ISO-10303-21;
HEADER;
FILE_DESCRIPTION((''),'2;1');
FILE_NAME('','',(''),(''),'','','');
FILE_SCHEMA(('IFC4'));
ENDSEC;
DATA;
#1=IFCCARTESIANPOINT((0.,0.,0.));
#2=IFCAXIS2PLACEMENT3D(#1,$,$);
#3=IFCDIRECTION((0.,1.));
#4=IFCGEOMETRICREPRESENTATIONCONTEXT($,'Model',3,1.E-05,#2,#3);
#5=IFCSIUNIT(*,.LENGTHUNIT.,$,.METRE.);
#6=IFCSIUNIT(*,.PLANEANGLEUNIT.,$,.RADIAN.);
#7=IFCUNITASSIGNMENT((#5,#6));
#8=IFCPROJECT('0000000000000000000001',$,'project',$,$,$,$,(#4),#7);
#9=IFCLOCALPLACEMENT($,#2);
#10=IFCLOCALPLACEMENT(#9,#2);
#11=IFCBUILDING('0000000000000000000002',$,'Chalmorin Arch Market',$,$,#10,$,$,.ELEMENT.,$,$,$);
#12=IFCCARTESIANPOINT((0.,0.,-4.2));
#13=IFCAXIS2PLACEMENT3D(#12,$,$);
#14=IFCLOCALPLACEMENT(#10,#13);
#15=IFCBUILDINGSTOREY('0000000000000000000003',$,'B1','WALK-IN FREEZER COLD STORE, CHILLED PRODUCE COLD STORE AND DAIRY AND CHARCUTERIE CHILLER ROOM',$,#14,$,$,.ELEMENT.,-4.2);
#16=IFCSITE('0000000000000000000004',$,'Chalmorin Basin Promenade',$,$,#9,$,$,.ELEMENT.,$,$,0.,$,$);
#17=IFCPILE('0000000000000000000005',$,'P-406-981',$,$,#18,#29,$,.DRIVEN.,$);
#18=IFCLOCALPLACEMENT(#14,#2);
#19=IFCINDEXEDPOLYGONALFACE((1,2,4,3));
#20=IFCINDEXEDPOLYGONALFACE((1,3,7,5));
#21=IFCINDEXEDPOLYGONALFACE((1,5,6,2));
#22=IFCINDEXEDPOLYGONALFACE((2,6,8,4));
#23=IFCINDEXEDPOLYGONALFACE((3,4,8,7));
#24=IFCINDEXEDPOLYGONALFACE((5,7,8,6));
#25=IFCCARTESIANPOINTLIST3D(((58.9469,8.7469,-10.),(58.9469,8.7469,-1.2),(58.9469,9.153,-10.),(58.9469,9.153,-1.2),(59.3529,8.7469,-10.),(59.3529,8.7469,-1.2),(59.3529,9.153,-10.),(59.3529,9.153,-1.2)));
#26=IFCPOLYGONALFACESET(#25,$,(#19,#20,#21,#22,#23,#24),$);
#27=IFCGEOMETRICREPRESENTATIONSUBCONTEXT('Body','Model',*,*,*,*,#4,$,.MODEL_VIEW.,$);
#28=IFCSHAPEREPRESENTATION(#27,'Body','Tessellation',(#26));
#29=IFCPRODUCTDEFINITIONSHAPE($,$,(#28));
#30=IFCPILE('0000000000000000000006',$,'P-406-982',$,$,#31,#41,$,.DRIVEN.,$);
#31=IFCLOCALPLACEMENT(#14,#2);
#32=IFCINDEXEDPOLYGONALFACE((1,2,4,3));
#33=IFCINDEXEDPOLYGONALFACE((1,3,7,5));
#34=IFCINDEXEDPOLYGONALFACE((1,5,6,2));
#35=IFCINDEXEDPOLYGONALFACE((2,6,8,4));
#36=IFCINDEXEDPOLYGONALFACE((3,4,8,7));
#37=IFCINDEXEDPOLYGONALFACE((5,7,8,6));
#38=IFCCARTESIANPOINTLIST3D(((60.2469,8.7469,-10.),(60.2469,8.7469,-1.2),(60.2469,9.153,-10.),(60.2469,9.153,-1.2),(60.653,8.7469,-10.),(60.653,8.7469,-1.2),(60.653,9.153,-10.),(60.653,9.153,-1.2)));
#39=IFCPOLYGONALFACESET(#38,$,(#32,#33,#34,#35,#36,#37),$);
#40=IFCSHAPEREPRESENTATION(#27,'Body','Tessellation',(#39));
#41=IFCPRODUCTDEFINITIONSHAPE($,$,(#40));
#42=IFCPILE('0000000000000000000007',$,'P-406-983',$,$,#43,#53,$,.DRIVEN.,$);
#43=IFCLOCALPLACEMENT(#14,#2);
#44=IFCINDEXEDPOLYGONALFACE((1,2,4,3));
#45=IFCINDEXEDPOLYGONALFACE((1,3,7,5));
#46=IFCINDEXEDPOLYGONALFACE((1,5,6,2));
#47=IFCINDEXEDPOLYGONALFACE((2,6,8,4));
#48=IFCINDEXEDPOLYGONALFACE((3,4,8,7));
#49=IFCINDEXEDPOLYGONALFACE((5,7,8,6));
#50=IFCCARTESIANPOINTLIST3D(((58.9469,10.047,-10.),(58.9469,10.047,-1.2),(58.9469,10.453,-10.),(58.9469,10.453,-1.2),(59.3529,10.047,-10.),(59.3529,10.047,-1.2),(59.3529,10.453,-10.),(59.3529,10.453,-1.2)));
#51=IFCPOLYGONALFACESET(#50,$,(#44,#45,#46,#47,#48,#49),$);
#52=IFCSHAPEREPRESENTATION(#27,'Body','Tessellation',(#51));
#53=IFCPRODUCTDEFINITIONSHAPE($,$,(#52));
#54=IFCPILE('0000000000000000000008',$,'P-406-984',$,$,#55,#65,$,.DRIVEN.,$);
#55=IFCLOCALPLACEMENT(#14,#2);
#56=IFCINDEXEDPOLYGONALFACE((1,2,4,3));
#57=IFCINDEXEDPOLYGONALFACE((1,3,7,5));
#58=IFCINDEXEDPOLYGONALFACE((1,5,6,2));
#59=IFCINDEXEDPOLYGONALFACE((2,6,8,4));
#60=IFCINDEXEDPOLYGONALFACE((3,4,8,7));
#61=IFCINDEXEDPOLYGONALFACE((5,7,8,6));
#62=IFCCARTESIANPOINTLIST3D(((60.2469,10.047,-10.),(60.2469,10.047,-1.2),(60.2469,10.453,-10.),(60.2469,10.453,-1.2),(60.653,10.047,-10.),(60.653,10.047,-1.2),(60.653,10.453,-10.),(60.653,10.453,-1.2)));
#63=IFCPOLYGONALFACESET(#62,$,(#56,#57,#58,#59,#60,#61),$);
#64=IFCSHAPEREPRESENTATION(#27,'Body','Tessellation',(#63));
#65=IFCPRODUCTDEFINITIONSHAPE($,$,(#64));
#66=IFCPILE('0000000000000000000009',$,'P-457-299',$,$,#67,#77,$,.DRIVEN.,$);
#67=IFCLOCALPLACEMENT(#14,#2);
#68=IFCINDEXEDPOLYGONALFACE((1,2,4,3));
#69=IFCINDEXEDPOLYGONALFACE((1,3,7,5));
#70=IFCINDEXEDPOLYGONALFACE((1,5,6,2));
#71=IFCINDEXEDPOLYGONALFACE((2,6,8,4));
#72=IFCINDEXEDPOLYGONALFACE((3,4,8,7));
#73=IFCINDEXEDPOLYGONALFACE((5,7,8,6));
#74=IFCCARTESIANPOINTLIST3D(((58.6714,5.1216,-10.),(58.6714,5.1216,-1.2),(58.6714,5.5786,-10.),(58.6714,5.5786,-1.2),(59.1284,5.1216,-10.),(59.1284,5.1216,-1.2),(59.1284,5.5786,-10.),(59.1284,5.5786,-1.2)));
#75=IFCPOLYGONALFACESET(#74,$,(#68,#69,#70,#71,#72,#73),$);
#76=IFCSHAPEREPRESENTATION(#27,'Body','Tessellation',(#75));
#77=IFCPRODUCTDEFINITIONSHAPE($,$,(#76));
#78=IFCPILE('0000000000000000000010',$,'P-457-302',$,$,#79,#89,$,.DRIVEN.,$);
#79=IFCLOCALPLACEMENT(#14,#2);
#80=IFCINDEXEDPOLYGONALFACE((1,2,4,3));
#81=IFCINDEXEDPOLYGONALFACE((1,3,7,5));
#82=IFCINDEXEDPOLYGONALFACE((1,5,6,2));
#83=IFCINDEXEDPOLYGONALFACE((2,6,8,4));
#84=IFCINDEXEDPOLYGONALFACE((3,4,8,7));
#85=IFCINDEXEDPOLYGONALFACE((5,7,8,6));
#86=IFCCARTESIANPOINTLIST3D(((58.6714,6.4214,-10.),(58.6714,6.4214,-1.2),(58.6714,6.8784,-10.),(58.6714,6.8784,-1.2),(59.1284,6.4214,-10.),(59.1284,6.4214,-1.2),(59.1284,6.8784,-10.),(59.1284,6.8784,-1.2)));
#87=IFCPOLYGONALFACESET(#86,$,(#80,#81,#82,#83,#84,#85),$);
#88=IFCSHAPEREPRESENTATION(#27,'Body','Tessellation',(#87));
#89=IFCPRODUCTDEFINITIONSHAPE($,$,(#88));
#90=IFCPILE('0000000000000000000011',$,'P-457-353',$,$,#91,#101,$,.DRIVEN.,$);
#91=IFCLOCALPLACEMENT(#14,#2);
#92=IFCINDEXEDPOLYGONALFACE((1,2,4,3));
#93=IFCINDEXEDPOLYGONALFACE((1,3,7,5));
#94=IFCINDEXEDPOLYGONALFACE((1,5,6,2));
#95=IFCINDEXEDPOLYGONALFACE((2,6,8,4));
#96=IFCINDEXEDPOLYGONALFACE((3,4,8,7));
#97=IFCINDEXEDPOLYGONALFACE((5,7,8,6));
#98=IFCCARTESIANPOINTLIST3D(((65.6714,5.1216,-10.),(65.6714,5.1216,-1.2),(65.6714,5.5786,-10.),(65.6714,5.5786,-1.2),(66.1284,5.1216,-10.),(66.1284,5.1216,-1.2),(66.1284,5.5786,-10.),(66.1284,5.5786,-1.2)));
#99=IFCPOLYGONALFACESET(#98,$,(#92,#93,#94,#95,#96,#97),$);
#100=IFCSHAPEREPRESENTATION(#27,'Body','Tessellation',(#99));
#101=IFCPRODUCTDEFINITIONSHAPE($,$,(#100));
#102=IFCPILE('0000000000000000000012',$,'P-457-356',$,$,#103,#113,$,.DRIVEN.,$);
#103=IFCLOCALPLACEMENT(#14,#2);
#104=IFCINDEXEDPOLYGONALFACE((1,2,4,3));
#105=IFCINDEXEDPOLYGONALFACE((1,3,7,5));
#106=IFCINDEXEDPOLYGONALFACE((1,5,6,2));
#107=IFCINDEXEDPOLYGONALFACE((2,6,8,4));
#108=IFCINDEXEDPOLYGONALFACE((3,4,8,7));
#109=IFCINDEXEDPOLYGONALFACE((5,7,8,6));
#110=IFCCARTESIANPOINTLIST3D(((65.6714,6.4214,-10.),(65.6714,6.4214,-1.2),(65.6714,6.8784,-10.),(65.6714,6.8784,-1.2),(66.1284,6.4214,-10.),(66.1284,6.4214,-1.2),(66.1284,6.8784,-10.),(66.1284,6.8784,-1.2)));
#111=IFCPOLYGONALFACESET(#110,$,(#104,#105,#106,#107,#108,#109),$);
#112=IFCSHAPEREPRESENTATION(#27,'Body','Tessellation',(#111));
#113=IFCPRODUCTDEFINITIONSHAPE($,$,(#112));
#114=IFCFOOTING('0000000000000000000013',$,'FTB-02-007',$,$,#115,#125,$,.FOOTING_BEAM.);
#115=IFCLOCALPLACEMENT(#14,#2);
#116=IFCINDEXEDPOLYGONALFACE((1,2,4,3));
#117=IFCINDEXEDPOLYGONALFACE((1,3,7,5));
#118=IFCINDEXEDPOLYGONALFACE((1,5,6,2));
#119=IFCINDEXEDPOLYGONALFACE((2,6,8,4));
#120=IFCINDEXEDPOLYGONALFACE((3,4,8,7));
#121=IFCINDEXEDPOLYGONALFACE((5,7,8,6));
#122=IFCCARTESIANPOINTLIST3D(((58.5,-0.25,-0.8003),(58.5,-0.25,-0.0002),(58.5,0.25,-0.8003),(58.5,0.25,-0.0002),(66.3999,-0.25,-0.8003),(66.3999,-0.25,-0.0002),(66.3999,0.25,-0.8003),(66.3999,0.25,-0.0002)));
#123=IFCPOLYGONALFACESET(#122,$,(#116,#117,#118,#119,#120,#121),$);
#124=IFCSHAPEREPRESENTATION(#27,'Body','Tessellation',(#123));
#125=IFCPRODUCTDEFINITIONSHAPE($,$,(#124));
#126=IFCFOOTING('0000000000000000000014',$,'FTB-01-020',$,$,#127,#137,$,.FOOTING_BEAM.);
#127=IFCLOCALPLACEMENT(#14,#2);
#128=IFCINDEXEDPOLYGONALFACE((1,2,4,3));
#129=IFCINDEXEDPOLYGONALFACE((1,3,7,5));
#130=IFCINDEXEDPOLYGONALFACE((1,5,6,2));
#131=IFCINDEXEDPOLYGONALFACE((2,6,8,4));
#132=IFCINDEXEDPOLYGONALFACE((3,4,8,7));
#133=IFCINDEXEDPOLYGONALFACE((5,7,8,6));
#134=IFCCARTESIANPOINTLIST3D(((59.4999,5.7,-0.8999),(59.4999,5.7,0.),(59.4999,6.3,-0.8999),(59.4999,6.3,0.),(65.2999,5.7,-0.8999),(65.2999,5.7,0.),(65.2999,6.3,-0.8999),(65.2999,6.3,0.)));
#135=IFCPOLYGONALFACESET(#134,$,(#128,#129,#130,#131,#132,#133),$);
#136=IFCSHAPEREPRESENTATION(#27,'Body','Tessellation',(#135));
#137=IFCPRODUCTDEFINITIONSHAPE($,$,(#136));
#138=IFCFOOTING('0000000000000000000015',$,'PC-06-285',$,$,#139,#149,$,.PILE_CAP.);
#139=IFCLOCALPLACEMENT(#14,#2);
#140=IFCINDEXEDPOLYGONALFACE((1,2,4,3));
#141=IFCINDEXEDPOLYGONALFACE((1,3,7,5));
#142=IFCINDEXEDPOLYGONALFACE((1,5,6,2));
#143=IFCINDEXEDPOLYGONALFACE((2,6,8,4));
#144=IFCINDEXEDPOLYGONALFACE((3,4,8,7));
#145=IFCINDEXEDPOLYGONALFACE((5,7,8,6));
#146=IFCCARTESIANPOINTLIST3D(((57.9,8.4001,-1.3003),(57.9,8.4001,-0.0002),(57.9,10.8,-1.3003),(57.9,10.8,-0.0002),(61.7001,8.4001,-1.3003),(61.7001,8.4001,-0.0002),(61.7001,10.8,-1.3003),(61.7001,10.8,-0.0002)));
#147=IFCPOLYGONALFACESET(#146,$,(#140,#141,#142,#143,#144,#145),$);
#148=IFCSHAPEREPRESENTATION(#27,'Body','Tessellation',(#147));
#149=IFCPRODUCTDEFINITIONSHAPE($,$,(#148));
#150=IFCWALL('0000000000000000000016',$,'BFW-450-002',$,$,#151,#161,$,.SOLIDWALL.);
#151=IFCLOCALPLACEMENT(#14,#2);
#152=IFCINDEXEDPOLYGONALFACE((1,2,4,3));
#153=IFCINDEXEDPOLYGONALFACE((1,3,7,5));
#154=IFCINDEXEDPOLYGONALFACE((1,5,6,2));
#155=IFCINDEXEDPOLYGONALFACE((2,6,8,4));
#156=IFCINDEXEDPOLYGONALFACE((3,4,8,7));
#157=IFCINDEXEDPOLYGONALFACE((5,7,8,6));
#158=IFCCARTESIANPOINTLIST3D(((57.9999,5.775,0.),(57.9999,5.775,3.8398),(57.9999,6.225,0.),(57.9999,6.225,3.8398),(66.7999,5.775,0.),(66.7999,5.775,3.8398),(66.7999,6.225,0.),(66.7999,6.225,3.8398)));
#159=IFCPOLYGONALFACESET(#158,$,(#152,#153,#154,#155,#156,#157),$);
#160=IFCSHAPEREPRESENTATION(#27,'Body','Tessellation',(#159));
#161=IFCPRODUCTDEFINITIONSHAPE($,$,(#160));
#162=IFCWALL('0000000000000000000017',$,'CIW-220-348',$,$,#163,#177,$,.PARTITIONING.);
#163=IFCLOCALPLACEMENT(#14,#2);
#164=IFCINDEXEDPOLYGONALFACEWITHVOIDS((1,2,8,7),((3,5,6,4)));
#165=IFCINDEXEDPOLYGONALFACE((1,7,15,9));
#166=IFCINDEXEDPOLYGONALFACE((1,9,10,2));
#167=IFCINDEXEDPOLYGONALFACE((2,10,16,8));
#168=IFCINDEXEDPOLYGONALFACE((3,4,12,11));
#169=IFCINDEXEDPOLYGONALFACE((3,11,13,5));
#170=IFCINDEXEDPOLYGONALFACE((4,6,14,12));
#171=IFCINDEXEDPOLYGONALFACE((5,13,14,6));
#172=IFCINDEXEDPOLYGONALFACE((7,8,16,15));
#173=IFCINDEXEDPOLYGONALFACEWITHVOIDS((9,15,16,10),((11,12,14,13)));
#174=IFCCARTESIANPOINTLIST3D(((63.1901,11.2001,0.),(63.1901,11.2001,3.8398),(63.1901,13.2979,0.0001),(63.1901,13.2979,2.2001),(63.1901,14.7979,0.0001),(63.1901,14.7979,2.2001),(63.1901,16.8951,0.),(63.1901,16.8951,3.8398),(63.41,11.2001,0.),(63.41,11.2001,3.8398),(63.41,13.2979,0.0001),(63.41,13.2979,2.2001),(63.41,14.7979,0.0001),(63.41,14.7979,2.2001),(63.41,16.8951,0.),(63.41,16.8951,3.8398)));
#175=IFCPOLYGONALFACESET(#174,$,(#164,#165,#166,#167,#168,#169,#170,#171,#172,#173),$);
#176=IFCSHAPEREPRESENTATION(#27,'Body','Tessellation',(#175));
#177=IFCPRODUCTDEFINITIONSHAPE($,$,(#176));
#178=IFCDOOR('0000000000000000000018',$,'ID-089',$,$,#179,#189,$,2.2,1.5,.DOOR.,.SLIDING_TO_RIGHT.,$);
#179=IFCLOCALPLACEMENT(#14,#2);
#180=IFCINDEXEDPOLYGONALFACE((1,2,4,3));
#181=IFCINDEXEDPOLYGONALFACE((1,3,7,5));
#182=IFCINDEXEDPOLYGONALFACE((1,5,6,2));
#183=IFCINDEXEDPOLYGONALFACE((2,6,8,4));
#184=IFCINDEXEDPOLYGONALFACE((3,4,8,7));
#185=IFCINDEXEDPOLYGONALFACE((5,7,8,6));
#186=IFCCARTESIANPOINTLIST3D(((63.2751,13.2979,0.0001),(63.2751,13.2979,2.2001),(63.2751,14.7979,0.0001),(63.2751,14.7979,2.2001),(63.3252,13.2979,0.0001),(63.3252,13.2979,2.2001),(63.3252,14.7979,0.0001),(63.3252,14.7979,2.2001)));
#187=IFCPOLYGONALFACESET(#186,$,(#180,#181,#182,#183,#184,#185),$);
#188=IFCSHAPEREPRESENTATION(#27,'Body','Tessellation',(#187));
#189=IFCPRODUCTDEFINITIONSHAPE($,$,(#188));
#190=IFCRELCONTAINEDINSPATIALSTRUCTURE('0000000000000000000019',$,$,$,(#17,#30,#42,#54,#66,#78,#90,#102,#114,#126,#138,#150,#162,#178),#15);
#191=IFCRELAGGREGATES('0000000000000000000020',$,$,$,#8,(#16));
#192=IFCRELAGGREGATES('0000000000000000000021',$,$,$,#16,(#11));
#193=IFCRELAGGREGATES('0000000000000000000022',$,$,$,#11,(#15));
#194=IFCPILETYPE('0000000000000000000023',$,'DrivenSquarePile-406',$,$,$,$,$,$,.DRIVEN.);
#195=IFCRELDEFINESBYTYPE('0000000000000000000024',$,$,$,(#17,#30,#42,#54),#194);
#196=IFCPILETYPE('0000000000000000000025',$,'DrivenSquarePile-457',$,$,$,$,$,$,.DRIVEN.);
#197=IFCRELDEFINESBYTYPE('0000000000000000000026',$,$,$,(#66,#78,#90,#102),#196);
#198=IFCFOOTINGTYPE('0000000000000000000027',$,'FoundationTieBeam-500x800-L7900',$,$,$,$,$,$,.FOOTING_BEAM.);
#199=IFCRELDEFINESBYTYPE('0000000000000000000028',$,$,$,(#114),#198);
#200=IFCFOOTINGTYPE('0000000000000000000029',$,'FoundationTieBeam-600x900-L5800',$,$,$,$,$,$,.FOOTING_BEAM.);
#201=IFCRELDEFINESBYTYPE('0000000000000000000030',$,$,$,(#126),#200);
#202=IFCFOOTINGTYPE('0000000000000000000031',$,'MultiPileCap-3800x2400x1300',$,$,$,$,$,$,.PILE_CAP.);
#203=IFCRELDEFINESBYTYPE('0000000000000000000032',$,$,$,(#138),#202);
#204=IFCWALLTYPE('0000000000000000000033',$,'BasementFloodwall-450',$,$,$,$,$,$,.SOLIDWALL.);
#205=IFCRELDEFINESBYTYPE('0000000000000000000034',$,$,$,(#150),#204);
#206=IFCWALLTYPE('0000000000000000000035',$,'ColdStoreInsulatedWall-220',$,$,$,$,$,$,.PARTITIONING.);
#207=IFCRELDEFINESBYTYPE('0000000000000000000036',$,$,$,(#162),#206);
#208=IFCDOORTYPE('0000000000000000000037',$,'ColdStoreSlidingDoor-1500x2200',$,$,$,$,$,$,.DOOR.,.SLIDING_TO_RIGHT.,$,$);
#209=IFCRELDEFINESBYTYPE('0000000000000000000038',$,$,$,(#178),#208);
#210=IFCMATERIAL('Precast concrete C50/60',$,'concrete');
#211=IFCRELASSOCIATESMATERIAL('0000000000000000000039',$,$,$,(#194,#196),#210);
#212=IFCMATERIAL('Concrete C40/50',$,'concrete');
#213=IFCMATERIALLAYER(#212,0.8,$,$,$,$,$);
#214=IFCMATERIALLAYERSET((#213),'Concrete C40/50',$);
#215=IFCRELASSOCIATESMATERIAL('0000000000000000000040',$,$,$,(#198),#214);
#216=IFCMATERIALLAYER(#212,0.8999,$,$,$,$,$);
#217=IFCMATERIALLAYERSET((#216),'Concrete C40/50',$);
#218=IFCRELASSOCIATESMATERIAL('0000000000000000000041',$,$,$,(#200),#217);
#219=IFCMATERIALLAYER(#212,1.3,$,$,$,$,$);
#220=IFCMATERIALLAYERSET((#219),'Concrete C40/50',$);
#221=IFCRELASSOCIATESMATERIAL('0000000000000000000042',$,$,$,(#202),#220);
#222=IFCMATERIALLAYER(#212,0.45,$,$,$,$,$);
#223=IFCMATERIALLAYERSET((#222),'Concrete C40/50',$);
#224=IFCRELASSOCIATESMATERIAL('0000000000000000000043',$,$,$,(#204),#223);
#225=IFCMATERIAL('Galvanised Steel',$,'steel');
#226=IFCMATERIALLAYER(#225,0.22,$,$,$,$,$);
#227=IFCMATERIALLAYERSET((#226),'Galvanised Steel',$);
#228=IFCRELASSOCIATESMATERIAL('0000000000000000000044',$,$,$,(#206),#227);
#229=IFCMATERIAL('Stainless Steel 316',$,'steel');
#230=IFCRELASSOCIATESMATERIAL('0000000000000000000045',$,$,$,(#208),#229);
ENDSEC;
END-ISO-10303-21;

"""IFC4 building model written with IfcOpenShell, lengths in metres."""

from ifc_helpers import new_model, si_unit, direction, frame, frame_2d, origin, origin_2d, place, context, subcontext, project, spatial, rectangle, extrude, material, layer, layer_set, material_profile, profile_set, type_object, element, fill, save


model = new_model("IFC4")

# Units and contexts
model_context = context("Model", 3, precision=1e-05, world=origin(), true_north=direction((0.0, 1.0)))
body_context = subcontext(model_context, "Body", "Model", "MODEL_VIEW")
ifc_project = project(units=[si_unit("LENGTHUNIT", "METRE"), si_unit("PLANEANGLEUNIT", "RADIAN")], contexts=[model_context])

# Site, building, storey
site_placement = place(None, origin())
site = spatial("IfcSite", under=ifc_project, at=site_placement, Name="Chalmorin Basin Promenade", CompositionType="ELEMENT", RefElevation=0.0)
building_placement = place(site_placement, origin())
building = spatial("IfcBuilding", under=site, at=building_placement, Name="Chalmorin Arch Market", CompositionType="ELEMENT")
storey_placement = place(building_placement, frame((0.0, 0.0, -4.2)))
storey = spatial("IfcBuildingStorey", under=building, at=storey_placement, Name="B1", Description="WALK-IN FREEZER COLD STORE, CHILLED PRODUCE COLD STORE AND DAIRY AND CHARCUTERIE CHILLER ROOM", CompositionType="ELEMENT", Elevation=-4.2)

# Piles
ifc_material_1 = material(Name="Precast concrete C50/60", Category="concrete")
ifc_material_profile_1 = material_profile(ifc_material_1, rectangle(XDim=0.406, YDim=0.406, at=origin_2d()), Name="PPC406")
ifc_profile_set_1 = profile_set([ifc_material_profile_1], Name="Precast concrete C50/60")
pile_type_1 = type_object("IfcPileType", Name="DrivenSquarePile-406", PredefinedType="DRIVEN", material=ifc_profile_set_1)
for number, where, z_axis, x_axis, name in (
    (1, (59.1499, 8.95, -1.2), (0.0, 0.0, -1.0), (1.0, 0.0, 0.0), "P-406-981"),
    (2, (60.45, 8.95, -1.2), (0.0, 0.0, -1.0), (1.0, 0.0, 0.0), "P-406-982"),
    (3, (59.1499, 10.25, -1.2), (0.0, 0.0, -1.0), (1.0, 0.0, 0.0), "P-406-983"),
    (4, (60.45, 10.25, -1.2), (0.0, 0.0, -1.0), (1.0, 0.0, 0.0), "P-406-984"),
):
    element("IfcPile", number, at=place(storey_placement, frame(where, z_axis=z_axis, x_axis=x_axis)), inside=storey, type_object=pile_type_1, Name=name, PredefinedType="DRIVEN", context=body_context, shape_type="SweptSolid", body=[
        extrude(rectangle(XDim=0.406, YDim=0.406, at=origin_2d()), origin(), (0.0, 0.0, 1.0), 8.8),
    ])
ifc_material_profile_2 = material_profile(ifc_material_1, rectangle(XDim=0.457, YDim=0.457, at=origin_2d()), Name="PPC457")
ifc_profile_set_2 = profile_set([ifc_material_profile_2], Name="Precast concrete C50/60")
pile_type_2 = type_object("IfcPileType", Name="DrivenSquarePile-457", PredefinedType="DRIVEN", material=ifc_profile_set_2)
for number, where, z_axis, x_axis, name in (
    (5, (58.8999, 5.3501, -1.2), (0.0, 0.0, -1.0), (1.0, 0.0, 0.0), "P-457-299"),
    (6, (58.8999, 6.6499, -1.2), (0.0, 0.0, -1.0), (1.0, 0.0, 0.0), "P-457-302"),
    (7, (65.8999, 5.3501, -1.2), (0.0, 0.0, -1.0), (1.0, 0.0, 0.0), "P-457-353"),
    (8, (65.8999, 6.6499, -1.2), (0.0, 0.0, -1.0), (1.0, 0.0, 0.0), "P-457-356"),
):
    element("IfcPile", number, at=place(storey_placement, frame(where, z_axis=z_axis, x_axis=x_axis)), inside=storey, type_object=pile_type_2, Name=name, PredefinedType="DRIVEN", context=body_context, shape_type="SweptSolid", body=[
        extrude(rectangle(XDim=0.457, YDim=0.457, at=origin_2d()), origin(), (0.0, 0.0, 1.0), 8.8),
    ])

# Footings
ifc_material_2 = material(Name="Concrete C40/50", Category="concrete")
ifc_layer_1 = layer(ifc_material_2, 0.8)
ifc_layer_set_1 = layer_set([ifc_layer_1], Name="Concrete C40/50")
footing_type_1 = type_object("IfcFootingType", Name="FoundationTieBeam-500x800-L7900", PredefinedType="FOOTING_BEAM", material=ifc_layer_set_1)
footing_1_placement = place(storey_placement, frame((62.45, 0.0, -0.8003), z_axis=(0.0, 0.0, 1.0), x_axis=(1.0, 0.0, 0.0)))
element("IfcFooting", 9, at=footing_1_placement, inside=storey, type_object=footing_type_1, Name="FTB-02-007", PredefinedType="FOOTING_BEAM", context=body_context, shape_type="SweptSolid", body=[
    extrude(rectangle(XDim=7.8999, YDim=0.5, at=origin_2d()), origin(), (0.0, 0.0, 1.0), 0.8),
])
ifc_layer_2 = layer(ifc_material_2, 0.8999)
ifc_layer_set_2 = layer_set([ifc_layer_2], Name="Concrete C40/50")
footing_type_2 = type_object("IfcFootingType", Name="FoundationTieBeam-600x900-L5800", PredefinedType="FOOTING_BEAM", material=ifc_layer_set_2)
footing_2_placement = place(storey_placement, frame((62.3999, 6.0, -0.8999), z_axis=(0.0, 0.0, 1.0), x_axis=(1.0, 0.0, 0.0)))
element("IfcFooting", 10, at=footing_2_placement, inside=storey, type_object=footing_type_2, Name="FTB-01-020", PredefinedType="FOOTING_BEAM", context=body_context, shape_type="SweptSolid", body=[
    extrude(rectangle(XDim=5.8, YDim=0.6001, at=origin_2d()), origin(), (0.0, 0.0, 1.0), 0.8999),
])
ifc_layer_3 = layer(ifc_material_2, 1.3)
ifc_layer_set_3 = layer_set([ifc_layer_3], Name="Concrete C40/50")
footing_type_3 = type_object("IfcFootingType", Name="MultiPileCap-3800x2400x1300", PredefinedType="PILE_CAP", material=ifc_layer_set_3)
footing_3_placement = place(storey_placement, frame((59.8, 9.6001, -1.3003), z_axis=(0.0, 0.0, 1.0), x_axis=(1.0, 0.0, 0.0)))
element("IfcFooting", 11, at=footing_3_placement, inside=storey, type_object=footing_type_3, Name="PC-06-285", PredefinedType="PILE_CAP", context=body_context, shape_type="SweptSolid", body=[
    extrude(rectangle(XDim=3.8, YDim=2.3999, at=origin_2d()), origin(), (0.0, 0.0, 1.0), 1.3),
])

# Wall
ifc_layer_4 = layer(ifc_material_2, 0.45)
ifc_layer_set_4 = layer_set([ifc_layer_4], Name="Concrete C40/50")
wall_type_1 = type_object("IfcWallType", Name="BasementFloodwall-450", PredefinedType="SOLIDWALL", material=ifc_layer_set_4)
wall_1_placement = place(storey_placement, frame((58.0, 6.0, 0.0), z_axis=(0.0, 0.0, 1.0), x_axis=(1.0, 0.0, 0.0)))
element("IfcWall", 12, at=wall_1_placement, inside=storey, type_object=wall_type_1, Name="BFW-450-002", PredefinedType="SOLIDWALL", context=body_context, shape_type="SweptSolid", body=[
    extrude(rectangle(XDim=8.8, YDim=0.45, at=frame_2d((4.3999, 0.0))), origin(), (0.0, 0.0, 1.0), 3.8398),
])

# Wall, opening, door
ifc_material_3 = material(Name="Galvanised Steel", Category="steel")
ifc_layer_5 = layer(ifc_material_3, 0.22)
ifc_layer_set_5 = layer_set([ifc_layer_5], Name="Galvanised Steel")
wall_type_2 = type_object("IfcWallType", Name="ColdStoreInsulatedWall-220", PredefinedType="PARTITIONING", material=ifc_layer_set_5)
wall_2_placement = place(storey_placement, frame((63.3, 11.2, 0.0), z_axis=(0.0, 0.0, 1.0), x_axis=(0.0, 1.0, 0.0)))
wall_2 = element("IfcWall", 13, at=wall_2_placement, inside=storey, type_object=wall_type_2, Name="CIW-220-348", PredefinedType="PARTITIONING", context=body_context, shape_type="SweptSolid", body=[
    extrude(rectangle(XDim=5.6951, YDim=0.22, at=frame_2d((2.8477, 0.0))), origin(), (0.0, 0.0, 1.0), 3.8398),
])
opening_1_placement = place(wall_2_placement, frame((2.0979, 0.0, 0.0)))
opening_1 = element("IfcOpeningElement", 14, at=opening_1_placement, cuts=wall_2, PredefinedType="OPENING", context=body_context, shape_type="SweptSolid", body=[
    extrude(rectangle(XDim=1.5, YDim=2.2, at=frame_2d((0.75, 1.1001))), frame((0.0, 0.1199, 0.0), z_axis=(0.0, -1.0, 0.0), x_axis=(1.0, 0.0, 0.0)), (0.0, 0.0, 1.0), 0.24),
])
ifc_material_4 = material(Name="Stainless Steel 316", Category="steel")
door_type_1 = type_object("IfcDoorType", Name="ColdStoreSlidingDoor-1500x2200", OperationType="SLIDING_TO_RIGHT", PredefinedType="DOOR", material=ifc_material_4)
door_1_placement = place(opening_1_placement, origin())
door_1 = element("IfcDoor", 15, at=door_1_placement, inside=storey, type_object=door_type_1, Name="ID-089", OperationType="SLIDING_TO_RIGHT", OverallHeight=2.2, OverallWidth=1.5, PredefinedType="DOOR", context=body_context, shape_type="SweptSolid", body=[
    extrude(rectangle(XDim=1.5, YDim=2.2, at=frame_2d((0.75, 1.1001))), frame((0.0, 0.0249, 0.0), z_axis=(0.0, -1.0, 0.0), x_axis=(1.0, 0.0, 0.0)), (0.0, 0.0, 1.0), 0.05),
])
fill(opening_1, door_1)

save(model, "model.ifc")
